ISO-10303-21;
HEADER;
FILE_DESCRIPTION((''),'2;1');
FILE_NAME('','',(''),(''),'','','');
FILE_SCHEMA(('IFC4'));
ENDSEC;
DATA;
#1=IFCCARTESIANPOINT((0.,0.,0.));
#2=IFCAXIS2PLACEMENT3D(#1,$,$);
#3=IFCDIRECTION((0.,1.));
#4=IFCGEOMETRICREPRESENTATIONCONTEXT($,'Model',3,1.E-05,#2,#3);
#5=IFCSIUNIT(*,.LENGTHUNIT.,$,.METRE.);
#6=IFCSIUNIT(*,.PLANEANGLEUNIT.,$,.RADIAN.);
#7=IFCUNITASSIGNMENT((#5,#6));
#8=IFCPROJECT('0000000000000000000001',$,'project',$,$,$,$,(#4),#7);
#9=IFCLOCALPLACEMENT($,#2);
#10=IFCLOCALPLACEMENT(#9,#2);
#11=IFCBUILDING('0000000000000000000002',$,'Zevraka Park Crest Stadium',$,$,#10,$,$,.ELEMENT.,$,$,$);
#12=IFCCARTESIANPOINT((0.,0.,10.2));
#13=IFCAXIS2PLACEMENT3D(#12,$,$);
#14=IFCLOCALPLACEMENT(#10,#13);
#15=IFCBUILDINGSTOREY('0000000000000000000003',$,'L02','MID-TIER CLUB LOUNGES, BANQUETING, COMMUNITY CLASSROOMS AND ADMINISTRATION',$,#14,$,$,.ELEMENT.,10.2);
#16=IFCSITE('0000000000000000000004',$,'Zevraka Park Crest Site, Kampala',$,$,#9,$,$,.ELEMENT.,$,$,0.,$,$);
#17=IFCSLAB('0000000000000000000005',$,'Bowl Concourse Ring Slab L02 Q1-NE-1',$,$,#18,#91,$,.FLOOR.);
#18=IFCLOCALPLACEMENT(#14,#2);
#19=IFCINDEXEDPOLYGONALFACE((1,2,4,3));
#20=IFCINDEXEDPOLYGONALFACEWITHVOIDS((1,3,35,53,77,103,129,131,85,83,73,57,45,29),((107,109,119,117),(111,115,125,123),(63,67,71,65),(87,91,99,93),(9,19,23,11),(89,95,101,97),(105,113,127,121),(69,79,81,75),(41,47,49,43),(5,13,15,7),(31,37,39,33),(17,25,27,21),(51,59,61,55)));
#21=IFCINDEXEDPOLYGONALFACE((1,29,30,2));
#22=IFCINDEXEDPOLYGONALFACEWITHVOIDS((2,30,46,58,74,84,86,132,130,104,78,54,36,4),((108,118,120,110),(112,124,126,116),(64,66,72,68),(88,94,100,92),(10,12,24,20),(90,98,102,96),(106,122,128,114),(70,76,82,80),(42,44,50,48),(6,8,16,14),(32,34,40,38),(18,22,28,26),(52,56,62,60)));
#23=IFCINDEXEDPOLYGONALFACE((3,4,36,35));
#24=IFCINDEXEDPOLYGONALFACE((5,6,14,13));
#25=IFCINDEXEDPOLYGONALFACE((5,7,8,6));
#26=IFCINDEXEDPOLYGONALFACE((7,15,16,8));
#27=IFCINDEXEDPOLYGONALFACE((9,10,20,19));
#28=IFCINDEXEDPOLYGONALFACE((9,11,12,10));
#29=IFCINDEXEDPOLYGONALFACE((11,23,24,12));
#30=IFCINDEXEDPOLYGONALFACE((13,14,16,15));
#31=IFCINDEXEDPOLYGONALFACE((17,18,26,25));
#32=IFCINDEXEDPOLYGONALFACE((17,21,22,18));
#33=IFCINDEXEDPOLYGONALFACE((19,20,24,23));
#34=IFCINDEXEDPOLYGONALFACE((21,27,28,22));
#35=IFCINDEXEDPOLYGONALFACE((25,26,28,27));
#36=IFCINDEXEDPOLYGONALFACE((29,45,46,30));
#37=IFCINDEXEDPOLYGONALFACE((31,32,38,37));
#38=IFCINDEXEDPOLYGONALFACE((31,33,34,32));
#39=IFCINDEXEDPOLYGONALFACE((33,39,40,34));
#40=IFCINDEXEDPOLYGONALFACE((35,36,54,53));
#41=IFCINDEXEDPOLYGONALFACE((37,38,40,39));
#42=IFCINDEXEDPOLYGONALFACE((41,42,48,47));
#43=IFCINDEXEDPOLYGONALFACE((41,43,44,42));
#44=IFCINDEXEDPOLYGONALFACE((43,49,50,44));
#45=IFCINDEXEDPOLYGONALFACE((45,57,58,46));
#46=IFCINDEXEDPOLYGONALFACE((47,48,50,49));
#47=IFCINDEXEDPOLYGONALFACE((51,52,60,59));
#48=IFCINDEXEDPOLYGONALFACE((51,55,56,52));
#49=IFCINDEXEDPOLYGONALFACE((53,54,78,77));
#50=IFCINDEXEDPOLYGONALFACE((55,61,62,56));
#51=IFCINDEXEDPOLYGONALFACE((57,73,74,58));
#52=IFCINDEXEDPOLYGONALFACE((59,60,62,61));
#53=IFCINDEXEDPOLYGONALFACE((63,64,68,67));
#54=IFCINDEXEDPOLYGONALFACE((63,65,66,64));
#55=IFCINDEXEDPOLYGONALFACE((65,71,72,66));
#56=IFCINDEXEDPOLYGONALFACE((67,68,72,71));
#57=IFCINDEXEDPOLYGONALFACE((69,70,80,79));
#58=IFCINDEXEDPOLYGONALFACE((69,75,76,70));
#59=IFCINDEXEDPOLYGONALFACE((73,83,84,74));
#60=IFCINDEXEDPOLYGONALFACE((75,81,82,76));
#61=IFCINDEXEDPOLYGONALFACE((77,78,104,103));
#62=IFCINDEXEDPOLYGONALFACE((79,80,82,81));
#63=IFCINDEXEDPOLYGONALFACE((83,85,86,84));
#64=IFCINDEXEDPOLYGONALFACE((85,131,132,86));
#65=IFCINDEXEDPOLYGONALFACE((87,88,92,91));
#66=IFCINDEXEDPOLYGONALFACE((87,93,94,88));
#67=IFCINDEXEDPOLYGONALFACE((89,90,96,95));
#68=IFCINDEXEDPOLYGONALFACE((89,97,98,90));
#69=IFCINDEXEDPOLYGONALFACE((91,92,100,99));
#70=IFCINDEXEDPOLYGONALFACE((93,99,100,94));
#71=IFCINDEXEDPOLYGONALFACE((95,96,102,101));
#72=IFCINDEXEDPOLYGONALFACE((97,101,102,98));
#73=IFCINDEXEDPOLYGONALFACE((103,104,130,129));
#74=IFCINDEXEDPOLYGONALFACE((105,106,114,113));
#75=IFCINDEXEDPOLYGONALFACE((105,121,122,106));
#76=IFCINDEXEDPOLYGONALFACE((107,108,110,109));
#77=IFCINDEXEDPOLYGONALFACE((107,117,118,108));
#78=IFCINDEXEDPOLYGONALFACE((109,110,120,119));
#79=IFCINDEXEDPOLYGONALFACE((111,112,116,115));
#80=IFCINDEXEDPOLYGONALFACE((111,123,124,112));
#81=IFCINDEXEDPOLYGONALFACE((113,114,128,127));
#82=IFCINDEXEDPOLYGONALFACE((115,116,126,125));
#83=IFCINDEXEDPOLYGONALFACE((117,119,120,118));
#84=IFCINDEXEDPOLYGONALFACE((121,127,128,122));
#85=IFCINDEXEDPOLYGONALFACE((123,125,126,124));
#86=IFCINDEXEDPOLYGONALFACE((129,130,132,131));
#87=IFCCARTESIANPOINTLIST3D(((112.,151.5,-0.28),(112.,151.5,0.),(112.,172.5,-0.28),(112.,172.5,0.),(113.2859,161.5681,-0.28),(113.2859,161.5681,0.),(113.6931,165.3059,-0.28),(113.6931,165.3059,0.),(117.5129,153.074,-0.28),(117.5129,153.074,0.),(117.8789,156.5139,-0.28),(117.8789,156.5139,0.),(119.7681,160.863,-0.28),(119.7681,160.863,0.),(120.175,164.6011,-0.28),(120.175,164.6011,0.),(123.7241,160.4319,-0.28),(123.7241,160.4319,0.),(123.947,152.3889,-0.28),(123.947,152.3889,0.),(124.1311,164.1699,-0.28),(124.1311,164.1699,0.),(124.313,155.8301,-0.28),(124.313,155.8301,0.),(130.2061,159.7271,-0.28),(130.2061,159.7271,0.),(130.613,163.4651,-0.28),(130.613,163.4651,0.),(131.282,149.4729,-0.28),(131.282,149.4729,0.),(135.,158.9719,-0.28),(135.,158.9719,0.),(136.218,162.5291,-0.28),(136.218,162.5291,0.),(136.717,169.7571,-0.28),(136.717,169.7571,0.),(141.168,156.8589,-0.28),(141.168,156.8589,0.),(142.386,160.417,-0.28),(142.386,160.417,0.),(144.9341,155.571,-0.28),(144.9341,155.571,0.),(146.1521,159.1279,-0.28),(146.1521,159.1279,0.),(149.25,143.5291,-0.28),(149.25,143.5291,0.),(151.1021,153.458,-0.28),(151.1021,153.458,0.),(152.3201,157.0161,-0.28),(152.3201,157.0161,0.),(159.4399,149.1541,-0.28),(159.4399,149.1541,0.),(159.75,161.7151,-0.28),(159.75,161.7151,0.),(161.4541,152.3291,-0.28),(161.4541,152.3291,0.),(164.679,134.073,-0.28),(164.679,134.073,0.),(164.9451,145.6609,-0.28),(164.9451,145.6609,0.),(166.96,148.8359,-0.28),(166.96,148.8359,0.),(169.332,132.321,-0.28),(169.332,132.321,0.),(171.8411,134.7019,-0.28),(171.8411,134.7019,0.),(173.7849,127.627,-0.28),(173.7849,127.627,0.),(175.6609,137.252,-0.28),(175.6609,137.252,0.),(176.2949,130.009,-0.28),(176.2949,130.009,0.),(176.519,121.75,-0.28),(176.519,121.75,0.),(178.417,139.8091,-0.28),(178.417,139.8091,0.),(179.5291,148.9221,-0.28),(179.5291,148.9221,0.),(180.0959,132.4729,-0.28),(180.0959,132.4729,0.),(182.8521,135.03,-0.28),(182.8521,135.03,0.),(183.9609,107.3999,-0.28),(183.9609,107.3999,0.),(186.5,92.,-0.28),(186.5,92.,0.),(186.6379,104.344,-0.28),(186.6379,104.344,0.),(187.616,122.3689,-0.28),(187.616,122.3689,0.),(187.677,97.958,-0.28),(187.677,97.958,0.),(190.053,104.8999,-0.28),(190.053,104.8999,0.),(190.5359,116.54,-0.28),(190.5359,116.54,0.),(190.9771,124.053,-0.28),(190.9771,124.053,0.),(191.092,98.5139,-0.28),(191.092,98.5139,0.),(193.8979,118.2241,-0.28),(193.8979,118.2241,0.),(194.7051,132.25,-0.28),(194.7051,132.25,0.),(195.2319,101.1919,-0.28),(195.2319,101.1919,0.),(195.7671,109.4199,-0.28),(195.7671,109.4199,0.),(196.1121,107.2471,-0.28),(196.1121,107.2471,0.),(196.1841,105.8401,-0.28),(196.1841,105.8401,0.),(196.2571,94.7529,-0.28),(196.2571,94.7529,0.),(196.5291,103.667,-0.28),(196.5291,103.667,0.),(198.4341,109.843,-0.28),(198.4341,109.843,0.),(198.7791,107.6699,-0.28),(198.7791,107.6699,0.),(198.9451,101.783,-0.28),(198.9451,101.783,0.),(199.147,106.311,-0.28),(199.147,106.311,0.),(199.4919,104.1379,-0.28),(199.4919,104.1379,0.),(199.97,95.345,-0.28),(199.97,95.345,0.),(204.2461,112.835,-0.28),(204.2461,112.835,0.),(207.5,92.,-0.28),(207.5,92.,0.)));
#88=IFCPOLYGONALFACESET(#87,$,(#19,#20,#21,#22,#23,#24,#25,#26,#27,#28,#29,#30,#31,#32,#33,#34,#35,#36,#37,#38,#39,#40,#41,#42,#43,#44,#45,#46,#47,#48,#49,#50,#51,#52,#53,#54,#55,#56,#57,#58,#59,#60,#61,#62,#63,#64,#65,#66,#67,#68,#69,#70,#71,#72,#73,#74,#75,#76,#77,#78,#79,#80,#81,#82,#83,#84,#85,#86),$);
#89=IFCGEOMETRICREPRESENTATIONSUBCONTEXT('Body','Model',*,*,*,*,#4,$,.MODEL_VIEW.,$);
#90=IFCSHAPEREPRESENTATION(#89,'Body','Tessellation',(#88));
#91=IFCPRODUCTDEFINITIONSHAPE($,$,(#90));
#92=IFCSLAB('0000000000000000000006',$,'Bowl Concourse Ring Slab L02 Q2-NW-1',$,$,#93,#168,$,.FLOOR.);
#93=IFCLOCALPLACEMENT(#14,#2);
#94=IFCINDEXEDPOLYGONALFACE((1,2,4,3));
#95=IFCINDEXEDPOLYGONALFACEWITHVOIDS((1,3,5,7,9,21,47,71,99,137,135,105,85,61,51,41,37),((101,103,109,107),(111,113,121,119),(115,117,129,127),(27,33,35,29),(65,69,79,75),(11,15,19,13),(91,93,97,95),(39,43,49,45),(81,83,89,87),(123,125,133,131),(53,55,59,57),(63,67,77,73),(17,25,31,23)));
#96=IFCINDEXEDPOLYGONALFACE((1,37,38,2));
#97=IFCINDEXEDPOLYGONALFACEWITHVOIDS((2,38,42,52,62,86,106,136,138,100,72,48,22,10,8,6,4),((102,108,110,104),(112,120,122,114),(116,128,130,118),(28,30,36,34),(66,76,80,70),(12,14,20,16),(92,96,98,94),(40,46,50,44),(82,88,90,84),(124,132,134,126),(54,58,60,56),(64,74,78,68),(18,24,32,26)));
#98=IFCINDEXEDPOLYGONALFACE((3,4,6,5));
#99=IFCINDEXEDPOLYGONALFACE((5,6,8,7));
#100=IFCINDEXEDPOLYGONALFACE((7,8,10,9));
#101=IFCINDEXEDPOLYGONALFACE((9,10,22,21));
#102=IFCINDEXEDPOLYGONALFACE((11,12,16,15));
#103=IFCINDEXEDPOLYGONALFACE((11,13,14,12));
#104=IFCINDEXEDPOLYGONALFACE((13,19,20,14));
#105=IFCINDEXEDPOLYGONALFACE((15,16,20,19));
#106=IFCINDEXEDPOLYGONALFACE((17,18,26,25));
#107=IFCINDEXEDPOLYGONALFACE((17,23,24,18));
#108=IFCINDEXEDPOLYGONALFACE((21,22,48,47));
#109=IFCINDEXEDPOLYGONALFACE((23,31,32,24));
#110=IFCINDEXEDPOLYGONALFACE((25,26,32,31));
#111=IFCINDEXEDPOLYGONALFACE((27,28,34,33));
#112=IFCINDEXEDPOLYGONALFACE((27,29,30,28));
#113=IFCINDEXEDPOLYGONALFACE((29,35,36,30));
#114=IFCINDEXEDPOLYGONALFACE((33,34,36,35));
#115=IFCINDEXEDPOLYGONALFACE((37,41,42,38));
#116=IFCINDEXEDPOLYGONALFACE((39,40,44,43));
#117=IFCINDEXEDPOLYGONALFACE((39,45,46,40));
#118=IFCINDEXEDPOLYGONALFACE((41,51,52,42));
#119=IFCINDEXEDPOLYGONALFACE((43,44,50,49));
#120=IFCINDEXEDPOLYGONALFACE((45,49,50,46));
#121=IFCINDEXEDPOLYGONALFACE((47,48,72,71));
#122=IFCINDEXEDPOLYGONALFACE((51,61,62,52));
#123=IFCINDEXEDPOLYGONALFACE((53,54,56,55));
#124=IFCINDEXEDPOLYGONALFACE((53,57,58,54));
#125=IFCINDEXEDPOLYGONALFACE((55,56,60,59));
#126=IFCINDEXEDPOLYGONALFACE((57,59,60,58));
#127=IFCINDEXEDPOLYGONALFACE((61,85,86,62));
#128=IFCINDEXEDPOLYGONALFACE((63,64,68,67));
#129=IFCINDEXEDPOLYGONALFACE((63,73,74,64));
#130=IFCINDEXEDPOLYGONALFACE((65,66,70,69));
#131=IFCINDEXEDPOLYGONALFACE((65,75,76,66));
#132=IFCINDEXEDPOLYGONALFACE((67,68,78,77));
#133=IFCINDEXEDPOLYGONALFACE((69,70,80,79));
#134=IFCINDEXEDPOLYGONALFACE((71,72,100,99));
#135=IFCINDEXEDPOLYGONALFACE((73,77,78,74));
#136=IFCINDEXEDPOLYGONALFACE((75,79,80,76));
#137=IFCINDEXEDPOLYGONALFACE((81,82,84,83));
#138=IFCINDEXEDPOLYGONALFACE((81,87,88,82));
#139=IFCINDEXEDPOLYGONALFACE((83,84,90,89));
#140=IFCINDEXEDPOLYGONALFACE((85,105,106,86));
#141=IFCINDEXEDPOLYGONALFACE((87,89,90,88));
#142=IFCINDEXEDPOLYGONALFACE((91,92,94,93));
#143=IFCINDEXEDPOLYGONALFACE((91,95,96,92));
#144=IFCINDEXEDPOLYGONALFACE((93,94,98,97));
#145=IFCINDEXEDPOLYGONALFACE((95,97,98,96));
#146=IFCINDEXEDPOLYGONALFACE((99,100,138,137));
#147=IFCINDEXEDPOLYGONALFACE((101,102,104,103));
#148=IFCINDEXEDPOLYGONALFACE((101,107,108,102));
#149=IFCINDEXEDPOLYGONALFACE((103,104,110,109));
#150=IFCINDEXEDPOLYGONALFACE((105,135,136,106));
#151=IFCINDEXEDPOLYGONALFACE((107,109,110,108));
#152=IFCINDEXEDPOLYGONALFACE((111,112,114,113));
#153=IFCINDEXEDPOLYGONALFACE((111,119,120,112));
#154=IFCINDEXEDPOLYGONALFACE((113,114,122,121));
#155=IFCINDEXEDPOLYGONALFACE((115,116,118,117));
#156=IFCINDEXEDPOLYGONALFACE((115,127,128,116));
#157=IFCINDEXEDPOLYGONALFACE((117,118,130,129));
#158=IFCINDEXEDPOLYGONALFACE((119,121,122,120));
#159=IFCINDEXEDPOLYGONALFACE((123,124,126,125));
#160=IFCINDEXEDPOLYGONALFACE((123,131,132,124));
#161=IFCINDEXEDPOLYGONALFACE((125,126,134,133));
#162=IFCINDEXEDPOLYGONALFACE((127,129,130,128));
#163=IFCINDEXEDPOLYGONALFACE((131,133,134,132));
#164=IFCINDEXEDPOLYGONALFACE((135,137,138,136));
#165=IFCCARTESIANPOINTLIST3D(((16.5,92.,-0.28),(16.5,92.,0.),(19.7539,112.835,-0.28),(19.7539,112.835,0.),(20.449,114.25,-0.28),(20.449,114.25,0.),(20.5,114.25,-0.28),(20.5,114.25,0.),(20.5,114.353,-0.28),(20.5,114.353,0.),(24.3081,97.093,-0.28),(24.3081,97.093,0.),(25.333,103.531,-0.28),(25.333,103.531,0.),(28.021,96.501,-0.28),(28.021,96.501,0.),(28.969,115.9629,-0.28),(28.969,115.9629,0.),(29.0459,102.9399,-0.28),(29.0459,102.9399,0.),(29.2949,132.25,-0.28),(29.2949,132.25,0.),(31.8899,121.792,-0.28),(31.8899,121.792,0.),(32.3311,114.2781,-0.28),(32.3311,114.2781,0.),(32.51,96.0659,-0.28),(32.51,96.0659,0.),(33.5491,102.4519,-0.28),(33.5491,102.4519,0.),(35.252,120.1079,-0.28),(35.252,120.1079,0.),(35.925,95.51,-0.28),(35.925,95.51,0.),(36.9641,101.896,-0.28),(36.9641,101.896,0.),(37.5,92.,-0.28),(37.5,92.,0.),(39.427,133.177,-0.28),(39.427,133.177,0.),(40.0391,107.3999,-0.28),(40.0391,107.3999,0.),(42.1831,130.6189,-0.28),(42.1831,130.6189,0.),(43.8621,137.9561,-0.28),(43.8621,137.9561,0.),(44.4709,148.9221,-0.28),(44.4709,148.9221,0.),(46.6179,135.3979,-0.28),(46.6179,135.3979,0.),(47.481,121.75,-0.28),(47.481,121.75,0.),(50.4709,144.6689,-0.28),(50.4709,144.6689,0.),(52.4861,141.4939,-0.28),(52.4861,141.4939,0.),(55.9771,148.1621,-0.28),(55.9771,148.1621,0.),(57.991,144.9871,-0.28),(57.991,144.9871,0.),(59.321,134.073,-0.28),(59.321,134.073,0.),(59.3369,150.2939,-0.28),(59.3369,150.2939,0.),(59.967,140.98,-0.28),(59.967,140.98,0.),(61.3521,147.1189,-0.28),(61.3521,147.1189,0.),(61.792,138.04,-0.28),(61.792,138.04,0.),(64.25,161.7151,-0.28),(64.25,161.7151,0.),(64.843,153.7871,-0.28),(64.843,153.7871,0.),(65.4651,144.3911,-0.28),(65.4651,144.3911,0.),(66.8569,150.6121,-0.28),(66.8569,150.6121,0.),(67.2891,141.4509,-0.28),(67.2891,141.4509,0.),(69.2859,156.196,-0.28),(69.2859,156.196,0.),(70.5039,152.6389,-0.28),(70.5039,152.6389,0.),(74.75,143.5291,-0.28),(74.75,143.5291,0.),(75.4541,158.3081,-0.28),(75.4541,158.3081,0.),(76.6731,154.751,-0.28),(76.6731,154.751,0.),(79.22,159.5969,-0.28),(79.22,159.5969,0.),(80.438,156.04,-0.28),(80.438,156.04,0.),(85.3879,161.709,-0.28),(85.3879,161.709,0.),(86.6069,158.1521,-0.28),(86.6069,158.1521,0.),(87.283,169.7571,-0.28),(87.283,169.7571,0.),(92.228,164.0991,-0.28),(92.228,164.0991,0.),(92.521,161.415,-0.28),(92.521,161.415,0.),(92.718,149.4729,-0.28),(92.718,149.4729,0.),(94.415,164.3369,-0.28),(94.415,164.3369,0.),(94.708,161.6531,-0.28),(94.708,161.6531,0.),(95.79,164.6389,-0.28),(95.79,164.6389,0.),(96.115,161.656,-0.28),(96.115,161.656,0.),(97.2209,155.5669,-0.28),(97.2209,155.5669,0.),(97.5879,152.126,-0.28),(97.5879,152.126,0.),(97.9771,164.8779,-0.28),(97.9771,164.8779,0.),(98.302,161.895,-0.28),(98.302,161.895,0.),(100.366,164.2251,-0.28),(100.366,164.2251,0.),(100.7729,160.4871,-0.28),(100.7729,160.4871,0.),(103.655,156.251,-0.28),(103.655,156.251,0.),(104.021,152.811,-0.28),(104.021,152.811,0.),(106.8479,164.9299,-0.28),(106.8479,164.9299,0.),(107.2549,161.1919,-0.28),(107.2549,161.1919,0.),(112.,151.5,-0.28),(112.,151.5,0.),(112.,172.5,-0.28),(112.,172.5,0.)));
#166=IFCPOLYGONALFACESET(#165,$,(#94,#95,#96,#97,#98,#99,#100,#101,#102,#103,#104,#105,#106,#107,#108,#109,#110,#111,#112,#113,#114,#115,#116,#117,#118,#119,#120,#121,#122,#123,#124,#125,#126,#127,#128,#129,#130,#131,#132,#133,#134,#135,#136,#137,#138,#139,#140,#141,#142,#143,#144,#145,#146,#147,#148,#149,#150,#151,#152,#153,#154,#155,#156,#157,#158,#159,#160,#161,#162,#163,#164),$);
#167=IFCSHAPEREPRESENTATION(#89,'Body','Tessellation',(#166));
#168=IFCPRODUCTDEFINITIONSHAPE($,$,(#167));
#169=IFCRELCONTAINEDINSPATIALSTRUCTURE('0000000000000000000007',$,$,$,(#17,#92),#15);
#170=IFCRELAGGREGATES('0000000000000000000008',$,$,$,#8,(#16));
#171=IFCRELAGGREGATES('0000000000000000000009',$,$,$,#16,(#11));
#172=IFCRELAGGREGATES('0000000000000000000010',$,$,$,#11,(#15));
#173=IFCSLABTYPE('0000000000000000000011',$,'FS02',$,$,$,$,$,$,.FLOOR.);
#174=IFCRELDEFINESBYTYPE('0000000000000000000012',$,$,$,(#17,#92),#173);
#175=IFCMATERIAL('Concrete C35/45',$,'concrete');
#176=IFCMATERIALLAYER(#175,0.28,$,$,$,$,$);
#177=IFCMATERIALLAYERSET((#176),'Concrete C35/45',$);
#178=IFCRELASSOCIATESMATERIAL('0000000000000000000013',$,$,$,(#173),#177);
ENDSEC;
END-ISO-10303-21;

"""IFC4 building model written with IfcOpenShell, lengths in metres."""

from ifc_helpers import new_model, si_unit, direction, frame, origin, place, context, subcontext, project, spatial, polyline, outline, extrude, material, layer, layer_set, type_object, element, save


model = new_model("IFC4")

# Units and contexts
model_context = context("Model", 3, precision=1e-05, world=origin(), true_north=direction((0.0, 1.0)))
body_context = subcontext(model_context, "Body", "Model", "MODEL_VIEW")
ifc_project = project(units=[si_unit("LENGTHUNIT", "METRE"), si_unit("PLANEANGLEUNIT", "RADIAN")], contexts=[model_context])

# Site, building, storey
site_placement = place(None, origin())
site = spatial("IfcSite", under=ifc_project, at=site_placement, Name="Zevraka Park Crest Site, Kampala", CompositionType="ELEMENT", RefElevation=0.0)
building_placement = place(site_placement, origin())
building = spatial("IfcBuilding", under=site, at=building_placement, Name="Zevraka Park Crest Stadium", CompositionType="ELEMENT")
storey_placement = place(building_placement, frame((0.0, 0.0, 10.2)))
storey = spatial("IfcBuildingStorey", under=building, at=storey_placement, Name="L02", Description="MID-TIER CLUB LOUNGES, BANQUETING, COMMUNITY CLASSROOMS AND ADMINISTRATION", CompositionType="ELEMENT", Elevation=10.2)

# Slabs
ifc_material_1 = material(Name="Concrete C35/45", Category="concrete")
ifc_layer_1 = layer(ifc_material_1, 0.28)
ifc_layer_set_1 = layer_set([ifc_layer_1], Name="Concrete C35/45")
slab_type_1 = type_object("IfcSlabType", Name="FS02", PredefinedType="FLOOR", material=ifc_layer_set_1)
slab_1_placement = place(storey_placement, frame((0.0, 0.0, -0.28)))
element("IfcSlab", 1, at=slab_1_placement, inside=storey, type_object=slab_type_1, Name="Bowl Concourse Ring Slab L02 Q1-NE-1", PredefinedType="FLOOR", context=body_context, shape_type="SweptSolid", body=[
    extrude(outline(polyline([(183.9609, 107.3999), (176.519, 121.75), (164.679, 134.073), (149.25, 143.5291), (131.282, 149.4729), (112.0, 151.5), (112.0, 172.5), (136.717, 169.7571), (159.75, 161.7151), (179.5291, 148.9221), (194.7051, 132.25), (204.2461, 112.835), (207.5, 92.0), (186.5, 92.0), (183.9609, 107.3999)]), holes=[polyline([(169.332, 132.321), (173.7849, 127.627), (176.2949, 130.009), (171.8411, 134.7019), (169.332, 132.321)]), polyline([(161.4541, 152.3291), (159.4399, 149.1541), (164.9451, 145.6609), (166.96, 148.8359), (161.4541, 152.3291)]), polyline([(117.8789, 156.5139), (117.5129, 153.074), (123.947, 152.3889), (124.313, 155.8301), (117.8789, 156.5139)]), polyline([(144.9341, 155.571), (151.1021, 153.458), (152.3201, 157.0161), (146.1521, 159.1279), (144.9341, 155.571)]), polyline([(136.218, 162.5291), (135.0, 158.9719), (141.168, 156.8589), (142.386, 160.417), (136.218, 162.5291)]), polyline([(124.1311, 164.1699), (123.7241, 160.4319), (130.2061, 159.7271), (130.613, 163.4651), (124.1311, 164.1699)]), polyline([(113.2859, 161.5681), (119.7681, 160.863), (120.175, 164.6011), (113.6931, 165.3059), (113.2859, 161.5681)]), polyline([(198.9451, 101.783), (195.2319, 101.1919), (196.2571, 94.7529), (199.97, 95.345), (198.9451, 101.783)]), polyline([(190.053, 104.8999), (186.6379, 104.344), (187.677, 97.958), (191.092, 98.5139), (190.053, 104.8999)]), polyline([(199.147, 106.311), (196.1841, 105.8401), (196.5291, 103.667), (199.4919, 104.1379), (199.147, 106.311)]), polyline([(198.4341, 109.843), (195.7671, 109.4199), (196.1121, 107.2471), (198.7791, 107.6699), (198.4341, 109.843)]), polyline([(190.9771, 124.053), (187.616, 122.3689), (190.5359, 116.54), (193.8979, 118.2241), (190.9771, 124.053)]), polyline([(178.417, 139.8091), (175.6609, 137.252), (180.0959, 132.4729), (182.8521, 135.03), (178.417, 139.8091)])]), origin(), (0.0, 0.0, 1.0), 0.28),
])
slab_2_placement = place(storey_placement, frame((0.0, 0.0, -0.28)))
element("IfcSlab", 2, at=slab_2_placement, inside=storey, type_object=slab_type_1, Name="Bowl Concourse Ring Slab L02 Q2-NW-1", PredefinedType="FLOOR", context=body_context, shape_type="SweptSolid", body=[
    extrude(outline(polyline([(92.718, 149.4729), (74.75, 143.5291), (59.321, 134.073), (47.481, 121.75), (40.0391, 107.3999), (37.5, 92.0), (16.5, 92.0), (19.7539, 112.835), (20.449, 114.25), (20.5, 114.25), (20.5, 114.353), (29.2949, 132.25), (44.4709, 148.9221), (64.25, 161.7151), (87.283, 169.7571), (112.0, 172.5), (112.0, 151.5), (92.718, 149.4729)]), holes=[polyline([(35.925, 95.51), (36.9641, 101.896), (33.5491, 102.4519), (32.51, 96.0659), (35.925, 95.51)]), polyline([(24.3081, 97.093), (28.021, 96.501), (29.0459, 102.9399), (25.333, 103.531), (24.3081, 97.093)]), polyline([(28.969, 115.9629), (32.3311, 114.2781), (35.252, 120.1079), (31.8899, 121.792), (28.969, 115.9629)]), polyline([(39.427, 133.177), (42.1831, 130.6189), (46.6179, 135.3979), (43.8621, 137.9561), (39.427, 133.177)]), polyline([(50.4709, 144.6689), (52.4861, 141.4939), (57.991, 144.9871), (55.9771, 148.1621), (50.4709, 144.6689)]), polyline([(59.3369, 150.2939), (61.3521, 147.1189), (66.8569, 150.6121), (64.843, 153.7871), (59.3369, 150.2939)]), polyline([(61.792, 138.04), (67.2891, 141.4509), (65.4651, 144.3911), (59.967, 140.98), (61.792, 138.04)]), polyline([(97.2209, 155.5669), (97.5879, 152.126), (104.021, 152.811), (103.655, 156.251), (97.2209, 155.5669)]), polyline([(69.2859, 156.196), (70.5039, 152.6389), (76.6731, 154.751), (75.4541, 158.3081), (69.2859, 156.196)]), polyline([(79.22, 159.5969), (80.438, 156.04), (86.6069, 158.1521), (85.3879, 161.709), (79.22, 159.5969)]), polyline([(100.366, 164.2251), (100.7729, 160.4871), (107.2549, 161.1919), (106.8479, 164.9299), (100.366, 164.2251)]), polyline([(92.228, 164.0991), (92.521, 161.415), (94.708, 161.6531), (94.415, 164.3369), (92.228, 164.0991)]), polyline([(95.79, 164.6389), (96.115, 161.656), (98.302, 161.895), (97.9771, 164.8779), (95.79, 164.6389)])]), origin(), (0.0, 0.0, 1.0), 0.28),
])

save(model, "model.ifc")
